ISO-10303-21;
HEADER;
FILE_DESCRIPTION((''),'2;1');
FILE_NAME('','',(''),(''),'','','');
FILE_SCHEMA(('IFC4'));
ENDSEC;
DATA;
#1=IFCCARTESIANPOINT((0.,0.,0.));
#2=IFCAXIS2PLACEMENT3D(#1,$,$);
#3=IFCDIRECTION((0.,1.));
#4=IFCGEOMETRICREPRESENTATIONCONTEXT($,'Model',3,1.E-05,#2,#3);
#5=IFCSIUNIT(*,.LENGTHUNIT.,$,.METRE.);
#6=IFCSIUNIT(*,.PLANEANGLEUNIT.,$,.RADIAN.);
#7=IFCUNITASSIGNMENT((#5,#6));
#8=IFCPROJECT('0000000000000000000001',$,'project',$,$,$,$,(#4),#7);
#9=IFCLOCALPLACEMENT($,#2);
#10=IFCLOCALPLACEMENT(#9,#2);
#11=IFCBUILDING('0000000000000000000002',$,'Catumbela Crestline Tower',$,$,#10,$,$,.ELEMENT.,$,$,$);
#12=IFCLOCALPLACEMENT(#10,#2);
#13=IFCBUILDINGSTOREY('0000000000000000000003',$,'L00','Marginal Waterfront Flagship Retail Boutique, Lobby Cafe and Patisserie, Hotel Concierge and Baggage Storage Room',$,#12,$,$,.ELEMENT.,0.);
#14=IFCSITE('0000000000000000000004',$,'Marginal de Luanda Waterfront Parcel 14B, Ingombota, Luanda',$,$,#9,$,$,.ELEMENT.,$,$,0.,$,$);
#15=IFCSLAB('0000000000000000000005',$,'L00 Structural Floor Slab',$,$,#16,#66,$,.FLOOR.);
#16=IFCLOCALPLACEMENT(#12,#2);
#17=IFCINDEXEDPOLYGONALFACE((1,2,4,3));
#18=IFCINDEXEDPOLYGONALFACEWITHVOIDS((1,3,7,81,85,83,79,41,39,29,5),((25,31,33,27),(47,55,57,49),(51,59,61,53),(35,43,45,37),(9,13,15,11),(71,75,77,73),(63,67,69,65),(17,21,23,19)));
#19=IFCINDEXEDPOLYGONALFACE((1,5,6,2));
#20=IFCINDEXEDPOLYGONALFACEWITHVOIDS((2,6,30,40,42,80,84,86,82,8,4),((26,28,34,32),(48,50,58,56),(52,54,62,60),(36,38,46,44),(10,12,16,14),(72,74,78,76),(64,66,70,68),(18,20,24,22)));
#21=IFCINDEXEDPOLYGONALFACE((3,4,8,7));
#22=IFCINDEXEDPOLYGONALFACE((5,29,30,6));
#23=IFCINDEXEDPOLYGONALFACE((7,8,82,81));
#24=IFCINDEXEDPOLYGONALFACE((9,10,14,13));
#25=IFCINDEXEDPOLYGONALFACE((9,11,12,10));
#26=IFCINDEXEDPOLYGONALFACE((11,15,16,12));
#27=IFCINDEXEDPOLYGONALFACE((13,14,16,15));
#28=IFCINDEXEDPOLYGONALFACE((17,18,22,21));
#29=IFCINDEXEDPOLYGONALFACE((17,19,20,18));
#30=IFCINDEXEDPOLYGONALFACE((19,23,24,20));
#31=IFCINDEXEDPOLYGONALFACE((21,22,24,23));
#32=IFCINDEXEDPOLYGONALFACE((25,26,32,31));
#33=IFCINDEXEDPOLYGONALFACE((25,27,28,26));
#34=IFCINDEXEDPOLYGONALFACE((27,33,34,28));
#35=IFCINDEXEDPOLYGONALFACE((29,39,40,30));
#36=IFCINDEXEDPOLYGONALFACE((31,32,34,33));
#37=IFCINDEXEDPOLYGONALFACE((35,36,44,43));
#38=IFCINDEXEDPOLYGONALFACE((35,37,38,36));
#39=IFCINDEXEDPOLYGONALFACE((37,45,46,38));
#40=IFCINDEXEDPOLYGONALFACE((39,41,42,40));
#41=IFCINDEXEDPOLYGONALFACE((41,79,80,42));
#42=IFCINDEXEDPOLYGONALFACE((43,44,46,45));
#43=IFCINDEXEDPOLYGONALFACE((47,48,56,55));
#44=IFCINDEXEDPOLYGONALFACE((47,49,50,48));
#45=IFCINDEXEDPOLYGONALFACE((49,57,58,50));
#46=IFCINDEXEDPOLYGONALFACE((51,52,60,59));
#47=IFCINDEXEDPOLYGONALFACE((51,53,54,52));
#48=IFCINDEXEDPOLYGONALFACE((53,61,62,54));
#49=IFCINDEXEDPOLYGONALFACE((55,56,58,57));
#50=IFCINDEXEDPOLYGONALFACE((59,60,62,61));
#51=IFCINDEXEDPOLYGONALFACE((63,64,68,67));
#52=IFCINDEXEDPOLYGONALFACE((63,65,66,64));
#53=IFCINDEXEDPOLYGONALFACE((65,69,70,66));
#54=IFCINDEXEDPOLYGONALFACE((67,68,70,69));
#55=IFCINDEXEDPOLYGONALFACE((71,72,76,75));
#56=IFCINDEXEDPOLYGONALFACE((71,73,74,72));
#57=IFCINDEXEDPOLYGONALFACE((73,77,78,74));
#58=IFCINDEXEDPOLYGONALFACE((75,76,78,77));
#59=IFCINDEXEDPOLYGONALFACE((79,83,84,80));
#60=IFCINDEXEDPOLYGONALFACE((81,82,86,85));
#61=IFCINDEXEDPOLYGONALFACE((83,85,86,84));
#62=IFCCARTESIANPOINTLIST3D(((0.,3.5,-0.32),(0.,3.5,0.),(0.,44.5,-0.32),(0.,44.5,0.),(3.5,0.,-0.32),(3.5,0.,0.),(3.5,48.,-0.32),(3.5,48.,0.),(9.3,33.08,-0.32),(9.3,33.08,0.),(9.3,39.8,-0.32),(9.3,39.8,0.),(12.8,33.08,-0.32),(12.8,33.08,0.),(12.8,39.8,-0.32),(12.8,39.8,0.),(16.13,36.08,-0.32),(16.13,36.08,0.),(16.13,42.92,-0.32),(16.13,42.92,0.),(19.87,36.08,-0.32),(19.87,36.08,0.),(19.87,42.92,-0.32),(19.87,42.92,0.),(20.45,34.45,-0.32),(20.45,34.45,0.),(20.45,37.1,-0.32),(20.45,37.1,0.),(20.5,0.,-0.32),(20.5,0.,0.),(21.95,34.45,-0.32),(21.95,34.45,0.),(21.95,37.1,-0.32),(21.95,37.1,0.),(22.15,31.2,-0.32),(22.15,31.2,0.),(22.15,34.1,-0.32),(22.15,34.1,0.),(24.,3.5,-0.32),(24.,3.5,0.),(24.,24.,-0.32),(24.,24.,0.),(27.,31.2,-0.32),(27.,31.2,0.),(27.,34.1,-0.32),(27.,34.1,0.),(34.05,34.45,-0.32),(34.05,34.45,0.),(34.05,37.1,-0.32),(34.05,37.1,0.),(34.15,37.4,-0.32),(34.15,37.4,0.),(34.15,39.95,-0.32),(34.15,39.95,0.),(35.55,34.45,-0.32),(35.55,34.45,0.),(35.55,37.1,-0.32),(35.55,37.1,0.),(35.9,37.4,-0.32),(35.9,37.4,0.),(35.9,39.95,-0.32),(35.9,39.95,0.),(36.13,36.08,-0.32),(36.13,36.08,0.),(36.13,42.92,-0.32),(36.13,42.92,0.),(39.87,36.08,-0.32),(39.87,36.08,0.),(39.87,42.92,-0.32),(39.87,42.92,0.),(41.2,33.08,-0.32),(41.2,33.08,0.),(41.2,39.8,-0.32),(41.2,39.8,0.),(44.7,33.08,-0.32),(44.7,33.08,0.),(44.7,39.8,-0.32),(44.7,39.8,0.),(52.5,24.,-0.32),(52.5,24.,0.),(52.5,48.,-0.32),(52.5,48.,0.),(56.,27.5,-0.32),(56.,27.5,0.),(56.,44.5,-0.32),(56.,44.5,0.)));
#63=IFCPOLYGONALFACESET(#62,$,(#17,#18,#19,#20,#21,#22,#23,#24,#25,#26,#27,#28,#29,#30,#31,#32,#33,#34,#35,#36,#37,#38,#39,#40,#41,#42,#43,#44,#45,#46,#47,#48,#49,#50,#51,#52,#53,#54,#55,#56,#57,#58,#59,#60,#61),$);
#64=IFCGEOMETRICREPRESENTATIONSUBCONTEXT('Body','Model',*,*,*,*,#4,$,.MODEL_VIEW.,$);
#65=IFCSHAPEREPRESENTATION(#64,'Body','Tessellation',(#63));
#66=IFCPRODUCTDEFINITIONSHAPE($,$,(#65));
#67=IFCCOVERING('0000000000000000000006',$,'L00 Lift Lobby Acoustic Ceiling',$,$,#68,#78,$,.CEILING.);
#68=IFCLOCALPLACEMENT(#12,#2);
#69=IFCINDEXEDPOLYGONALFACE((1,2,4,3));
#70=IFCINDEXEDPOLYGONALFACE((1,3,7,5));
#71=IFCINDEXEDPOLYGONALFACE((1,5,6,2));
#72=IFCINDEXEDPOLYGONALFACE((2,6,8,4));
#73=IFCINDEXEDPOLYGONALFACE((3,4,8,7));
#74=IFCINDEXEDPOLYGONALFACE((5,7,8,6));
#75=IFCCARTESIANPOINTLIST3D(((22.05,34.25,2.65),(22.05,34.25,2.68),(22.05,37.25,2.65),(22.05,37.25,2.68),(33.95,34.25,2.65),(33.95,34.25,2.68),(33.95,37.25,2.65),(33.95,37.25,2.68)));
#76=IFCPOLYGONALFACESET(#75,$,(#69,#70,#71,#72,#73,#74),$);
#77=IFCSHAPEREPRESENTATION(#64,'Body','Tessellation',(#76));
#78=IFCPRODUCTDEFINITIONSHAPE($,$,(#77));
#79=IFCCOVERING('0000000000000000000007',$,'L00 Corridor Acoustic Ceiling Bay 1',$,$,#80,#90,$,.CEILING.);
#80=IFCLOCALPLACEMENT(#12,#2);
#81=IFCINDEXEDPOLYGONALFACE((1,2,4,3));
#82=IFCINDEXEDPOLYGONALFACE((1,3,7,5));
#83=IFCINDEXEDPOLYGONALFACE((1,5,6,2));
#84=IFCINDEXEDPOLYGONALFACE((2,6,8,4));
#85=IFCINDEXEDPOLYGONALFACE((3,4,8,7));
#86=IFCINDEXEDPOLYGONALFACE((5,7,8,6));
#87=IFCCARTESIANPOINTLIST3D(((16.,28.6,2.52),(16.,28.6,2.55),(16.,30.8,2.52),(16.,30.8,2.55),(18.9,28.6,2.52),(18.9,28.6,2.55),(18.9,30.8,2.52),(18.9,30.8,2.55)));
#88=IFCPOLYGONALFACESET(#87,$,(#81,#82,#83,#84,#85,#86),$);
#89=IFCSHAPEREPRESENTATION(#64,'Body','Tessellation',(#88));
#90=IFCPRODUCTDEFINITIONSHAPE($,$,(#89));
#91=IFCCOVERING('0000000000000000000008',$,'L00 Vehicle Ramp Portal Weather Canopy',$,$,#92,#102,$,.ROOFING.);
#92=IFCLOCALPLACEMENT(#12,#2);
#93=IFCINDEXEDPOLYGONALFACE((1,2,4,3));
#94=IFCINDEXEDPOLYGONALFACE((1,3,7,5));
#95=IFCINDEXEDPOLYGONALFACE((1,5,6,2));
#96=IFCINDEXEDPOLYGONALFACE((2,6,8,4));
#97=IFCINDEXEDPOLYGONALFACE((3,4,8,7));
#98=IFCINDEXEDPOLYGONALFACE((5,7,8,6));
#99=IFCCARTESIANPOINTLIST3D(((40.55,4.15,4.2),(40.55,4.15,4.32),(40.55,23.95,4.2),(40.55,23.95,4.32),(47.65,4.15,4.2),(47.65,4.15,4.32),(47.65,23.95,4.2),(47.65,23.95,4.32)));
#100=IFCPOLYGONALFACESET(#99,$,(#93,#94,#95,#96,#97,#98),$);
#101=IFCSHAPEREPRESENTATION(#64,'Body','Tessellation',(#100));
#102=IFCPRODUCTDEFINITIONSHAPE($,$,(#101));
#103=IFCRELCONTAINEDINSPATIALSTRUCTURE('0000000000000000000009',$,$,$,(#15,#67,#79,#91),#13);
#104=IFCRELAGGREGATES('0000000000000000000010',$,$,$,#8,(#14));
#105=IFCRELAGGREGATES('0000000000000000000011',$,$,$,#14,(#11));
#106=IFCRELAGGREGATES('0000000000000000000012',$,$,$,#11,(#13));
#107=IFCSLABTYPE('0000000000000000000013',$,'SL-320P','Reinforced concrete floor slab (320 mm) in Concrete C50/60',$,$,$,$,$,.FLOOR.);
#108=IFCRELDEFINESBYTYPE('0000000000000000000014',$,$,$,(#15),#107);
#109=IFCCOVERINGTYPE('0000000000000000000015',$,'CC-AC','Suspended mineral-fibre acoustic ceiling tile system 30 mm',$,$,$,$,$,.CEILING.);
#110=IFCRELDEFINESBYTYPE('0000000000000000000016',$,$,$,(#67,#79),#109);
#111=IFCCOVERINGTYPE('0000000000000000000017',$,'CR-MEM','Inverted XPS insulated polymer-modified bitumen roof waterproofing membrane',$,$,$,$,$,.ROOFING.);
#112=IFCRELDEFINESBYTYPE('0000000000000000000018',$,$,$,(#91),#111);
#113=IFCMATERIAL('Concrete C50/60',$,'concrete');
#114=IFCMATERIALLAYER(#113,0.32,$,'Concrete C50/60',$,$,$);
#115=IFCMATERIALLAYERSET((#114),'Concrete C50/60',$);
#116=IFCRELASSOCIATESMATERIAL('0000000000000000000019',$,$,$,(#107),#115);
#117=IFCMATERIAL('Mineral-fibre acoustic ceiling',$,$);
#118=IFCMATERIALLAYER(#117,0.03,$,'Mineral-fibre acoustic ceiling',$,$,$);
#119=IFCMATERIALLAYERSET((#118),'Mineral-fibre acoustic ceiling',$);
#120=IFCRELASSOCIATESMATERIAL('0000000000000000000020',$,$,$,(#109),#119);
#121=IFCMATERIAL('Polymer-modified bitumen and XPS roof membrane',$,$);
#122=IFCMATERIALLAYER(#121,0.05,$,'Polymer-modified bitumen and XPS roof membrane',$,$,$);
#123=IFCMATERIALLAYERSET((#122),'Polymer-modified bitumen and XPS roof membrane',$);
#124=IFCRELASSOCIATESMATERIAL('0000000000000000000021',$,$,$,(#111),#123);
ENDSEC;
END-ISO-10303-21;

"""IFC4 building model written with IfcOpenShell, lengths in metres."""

from ifc_helpers import new_model, si_unit, direction, frame, origin, place, context, subcontext, project, spatial, polyline, outline, extrude, material, layer, layer_set, type_object, element, save


model = new_model("IFC4")

# Units and contexts
model_context = context("Model", 3, precision=1e-05, world=origin(), true_north=direction((0.0, 1.0)))
body_context = subcontext(model_context, "Body", "Model", "MODEL_VIEW")
ifc_project = project(units=[si_unit("LENGTHUNIT", "METRE"), si_unit("PLANEANGLEUNIT", "RADIAN")], contexts=[model_context])

# Site, building, storey
site_placement = place(None, origin())
site = spatial("IfcSite", under=ifc_project, at=site_placement, Name="Marginal de Luanda Waterfront Parcel 14B, Ingombota, Luanda", CompositionType="ELEMENT", RefElevation=0.0)
building_placement = place(site_placement, origin())
building = spatial("IfcBuilding", under=site, at=building_placement, Name="Catumbela Crestline Tower", CompositionType="ELEMENT")
storey_placement = place(building_placement, origin())
storey = spatial("IfcBuildingStorey", under=building, at=storey_placement, Name="L00", Description="Marginal Waterfront Flagship Retail Boutique, Lobby Cafe and Patisserie, Hotel Concierge and Baggage Storage Room", CompositionType="ELEMENT", Elevation=0.0)

# Slab
ifc_material_1 = material(Name="Concrete C50/60", Category="concrete")
ifc_layer_1 = layer(ifc_material_1, 0.32, Name="Concrete C50/60")
ifc_layer_set_1 = layer_set([ifc_layer_1], Name="Concrete C50/60")
slab_type_1 = type_object("IfcSlabType", Name="SL-320P", Description="Reinforced concrete floor slab (320 mm) in Concrete C50/60", PredefinedType="FLOOR", material=ifc_layer_set_1)
slab_1_placement = place(storey_placement, frame((0.0, 0.0, -0.32)))
element("IfcSlab", 1, at=slab_1_placement, inside=storey, type_object=slab_type_1, Name="L00 Structural Floor Slab", PredefinedType="FLOOR", context=body_context, shape_type="SweptSolid", body=[
    extrude(outline(polyline([(3.5, 0.0), (20.5, 0.0), (24.0, 3.5), (24.0, 24.0), (52.5, 24.0), (56.0, 27.5), (56.0, 44.5), (52.5, 48.0), (3.5, 48.0), (0.0, 44.5), (0.0, 3.5), (3.5, 0.0)]), holes=[polyline([(16.13, 36.08), (19.87, 36.08), (19.87, 42.92), (16.13, 42.92), (16.13, 36.08)]), polyline([(36.13, 36.08), (39.87, 36.08), (39.87, 42.92), (36.13, 42.92), (36.13, 36.08)]), polyline([(12.8, 33.08), (12.8, 39.8), (9.3, 39.8), (9.3, 33.08), (12.8, 33.08)]), polyline([(44.7, 33.08), (44.7, 39.8), (41.2, 39.8), (41.2, 33.08), (44.7, 33.08)]), polyline([(22.15, 31.2), (27.0, 31.2), (27.0, 34.1), (22.15, 34.1), (22.15, 31.2)]), polyline([(20.45, 34.45), (21.95, 34.45), (21.95, 37.1), (20.45, 37.1), (20.45, 34.45)]), polyline([(34.05, 34.45), (35.55, 34.45), (35.55, 37.1), (34.05, 37.1), (34.05, 34.45)]), polyline([(34.15, 37.4), (35.9, 37.4), (35.9, 39.95), (34.15, 39.95), (34.15, 37.4)])]), origin(), (0.0, 0.0, 1.0), 0.32),
])

# Coverings
ifc_material_2 = material(Name="Mineral-fibre acoustic ceiling")
ifc_layer_2 = layer(ifc_material_2, 0.03, Name="Mineral-fibre acoustic ceiling")
ifc_layer_set_2 = layer_set([ifc_layer_2], Name="Mineral-fibre acoustic ceiling")
covering_type_1 = type_object("IfcCoveringType", Name="CC-AC", Description="Suspended mineral-fibre acoustic ceiling tile system 30 mm", PredefinedType="CEILING", material=ifc_layer_set_2)
covering_1_placement = place(storey_placement, frame((0.0, 0.0, 2.65)))
element("IfcCovering", 2, at=covering_1_placement, inside=storey, type_object=covering_type_1, Name="L00 Lift Lobby Acoustic Ceiling", PredefinedType="CEILING", context=body_context, shape_type="SweptSolid", body=[
    extrude(outline(polyline([(22.05, 34.25), (33.95, 34.25), (33.95, 37.25), (22.05, 37.25), (22.05, 34.25)])), origin(), (0.0, 0.0, 1.0), 0.03),
])
covering_2_placement = place(storey_placement, frame((0.0, 0.0, 2.52)))
element("IfcCovering", 3, at=covering_2_placement, inside=storey, type_object=covering_type_1, Name="L00 Corridor Acoustic Ceiling Bay 1", PredefinedType="CEILING", context=body_context, shape_type="SweptSolid", body=[
    extrude(outline(polyline([(16.0, 28.6), (18.9, 28.6), (18.9, 30.8), (16.0, 30.8), (16.0, 28.6)])), origin(), (0.0, 0.0, 1.0), 0.03),
])
ifc_material_3 = material(Name="Polymer-modified bitumen and XPS roof membrane")
ifc_layer_3 = layer(ifc_material_3, 0.05, Name="Polymer-modified bitumen and XPS roof membrane")
ifc_layer_set_3 = layer_set([ifc_layer_3], Name="Polymer-modified bitumen and XPS roof membrane")
covering_type_2 = type_object("IfcCoveringType", Name="CR-MEM", Description="Inverted XPS insulated polymer-modified bitumen roof waterproofing membrane", PredefinedType="ROOFING", material=ifc_layer_set_3)
covering_3_placement = place(storey_placement, frame((0.0, 0.0, 4.2)))
element("IfcCovering", 4, at=covering_3_placement, inside=storey, type_object=covering_type_2, Name="L00 Vehicle Ramp Portal Weather Canopy", PredefinedType="ROOFING", context=body_context, shape_type="SweptSolid", body=[
    extrude(outline(polyline([(40.55, 4.15), (47.65, 4.15), (47.65, 23.95), (40.55, 23.95), (40.55, 4.15)])), origin(), (0.0, 0.0, 1.0), 0.12),
])

save(model, "model.ifc")
